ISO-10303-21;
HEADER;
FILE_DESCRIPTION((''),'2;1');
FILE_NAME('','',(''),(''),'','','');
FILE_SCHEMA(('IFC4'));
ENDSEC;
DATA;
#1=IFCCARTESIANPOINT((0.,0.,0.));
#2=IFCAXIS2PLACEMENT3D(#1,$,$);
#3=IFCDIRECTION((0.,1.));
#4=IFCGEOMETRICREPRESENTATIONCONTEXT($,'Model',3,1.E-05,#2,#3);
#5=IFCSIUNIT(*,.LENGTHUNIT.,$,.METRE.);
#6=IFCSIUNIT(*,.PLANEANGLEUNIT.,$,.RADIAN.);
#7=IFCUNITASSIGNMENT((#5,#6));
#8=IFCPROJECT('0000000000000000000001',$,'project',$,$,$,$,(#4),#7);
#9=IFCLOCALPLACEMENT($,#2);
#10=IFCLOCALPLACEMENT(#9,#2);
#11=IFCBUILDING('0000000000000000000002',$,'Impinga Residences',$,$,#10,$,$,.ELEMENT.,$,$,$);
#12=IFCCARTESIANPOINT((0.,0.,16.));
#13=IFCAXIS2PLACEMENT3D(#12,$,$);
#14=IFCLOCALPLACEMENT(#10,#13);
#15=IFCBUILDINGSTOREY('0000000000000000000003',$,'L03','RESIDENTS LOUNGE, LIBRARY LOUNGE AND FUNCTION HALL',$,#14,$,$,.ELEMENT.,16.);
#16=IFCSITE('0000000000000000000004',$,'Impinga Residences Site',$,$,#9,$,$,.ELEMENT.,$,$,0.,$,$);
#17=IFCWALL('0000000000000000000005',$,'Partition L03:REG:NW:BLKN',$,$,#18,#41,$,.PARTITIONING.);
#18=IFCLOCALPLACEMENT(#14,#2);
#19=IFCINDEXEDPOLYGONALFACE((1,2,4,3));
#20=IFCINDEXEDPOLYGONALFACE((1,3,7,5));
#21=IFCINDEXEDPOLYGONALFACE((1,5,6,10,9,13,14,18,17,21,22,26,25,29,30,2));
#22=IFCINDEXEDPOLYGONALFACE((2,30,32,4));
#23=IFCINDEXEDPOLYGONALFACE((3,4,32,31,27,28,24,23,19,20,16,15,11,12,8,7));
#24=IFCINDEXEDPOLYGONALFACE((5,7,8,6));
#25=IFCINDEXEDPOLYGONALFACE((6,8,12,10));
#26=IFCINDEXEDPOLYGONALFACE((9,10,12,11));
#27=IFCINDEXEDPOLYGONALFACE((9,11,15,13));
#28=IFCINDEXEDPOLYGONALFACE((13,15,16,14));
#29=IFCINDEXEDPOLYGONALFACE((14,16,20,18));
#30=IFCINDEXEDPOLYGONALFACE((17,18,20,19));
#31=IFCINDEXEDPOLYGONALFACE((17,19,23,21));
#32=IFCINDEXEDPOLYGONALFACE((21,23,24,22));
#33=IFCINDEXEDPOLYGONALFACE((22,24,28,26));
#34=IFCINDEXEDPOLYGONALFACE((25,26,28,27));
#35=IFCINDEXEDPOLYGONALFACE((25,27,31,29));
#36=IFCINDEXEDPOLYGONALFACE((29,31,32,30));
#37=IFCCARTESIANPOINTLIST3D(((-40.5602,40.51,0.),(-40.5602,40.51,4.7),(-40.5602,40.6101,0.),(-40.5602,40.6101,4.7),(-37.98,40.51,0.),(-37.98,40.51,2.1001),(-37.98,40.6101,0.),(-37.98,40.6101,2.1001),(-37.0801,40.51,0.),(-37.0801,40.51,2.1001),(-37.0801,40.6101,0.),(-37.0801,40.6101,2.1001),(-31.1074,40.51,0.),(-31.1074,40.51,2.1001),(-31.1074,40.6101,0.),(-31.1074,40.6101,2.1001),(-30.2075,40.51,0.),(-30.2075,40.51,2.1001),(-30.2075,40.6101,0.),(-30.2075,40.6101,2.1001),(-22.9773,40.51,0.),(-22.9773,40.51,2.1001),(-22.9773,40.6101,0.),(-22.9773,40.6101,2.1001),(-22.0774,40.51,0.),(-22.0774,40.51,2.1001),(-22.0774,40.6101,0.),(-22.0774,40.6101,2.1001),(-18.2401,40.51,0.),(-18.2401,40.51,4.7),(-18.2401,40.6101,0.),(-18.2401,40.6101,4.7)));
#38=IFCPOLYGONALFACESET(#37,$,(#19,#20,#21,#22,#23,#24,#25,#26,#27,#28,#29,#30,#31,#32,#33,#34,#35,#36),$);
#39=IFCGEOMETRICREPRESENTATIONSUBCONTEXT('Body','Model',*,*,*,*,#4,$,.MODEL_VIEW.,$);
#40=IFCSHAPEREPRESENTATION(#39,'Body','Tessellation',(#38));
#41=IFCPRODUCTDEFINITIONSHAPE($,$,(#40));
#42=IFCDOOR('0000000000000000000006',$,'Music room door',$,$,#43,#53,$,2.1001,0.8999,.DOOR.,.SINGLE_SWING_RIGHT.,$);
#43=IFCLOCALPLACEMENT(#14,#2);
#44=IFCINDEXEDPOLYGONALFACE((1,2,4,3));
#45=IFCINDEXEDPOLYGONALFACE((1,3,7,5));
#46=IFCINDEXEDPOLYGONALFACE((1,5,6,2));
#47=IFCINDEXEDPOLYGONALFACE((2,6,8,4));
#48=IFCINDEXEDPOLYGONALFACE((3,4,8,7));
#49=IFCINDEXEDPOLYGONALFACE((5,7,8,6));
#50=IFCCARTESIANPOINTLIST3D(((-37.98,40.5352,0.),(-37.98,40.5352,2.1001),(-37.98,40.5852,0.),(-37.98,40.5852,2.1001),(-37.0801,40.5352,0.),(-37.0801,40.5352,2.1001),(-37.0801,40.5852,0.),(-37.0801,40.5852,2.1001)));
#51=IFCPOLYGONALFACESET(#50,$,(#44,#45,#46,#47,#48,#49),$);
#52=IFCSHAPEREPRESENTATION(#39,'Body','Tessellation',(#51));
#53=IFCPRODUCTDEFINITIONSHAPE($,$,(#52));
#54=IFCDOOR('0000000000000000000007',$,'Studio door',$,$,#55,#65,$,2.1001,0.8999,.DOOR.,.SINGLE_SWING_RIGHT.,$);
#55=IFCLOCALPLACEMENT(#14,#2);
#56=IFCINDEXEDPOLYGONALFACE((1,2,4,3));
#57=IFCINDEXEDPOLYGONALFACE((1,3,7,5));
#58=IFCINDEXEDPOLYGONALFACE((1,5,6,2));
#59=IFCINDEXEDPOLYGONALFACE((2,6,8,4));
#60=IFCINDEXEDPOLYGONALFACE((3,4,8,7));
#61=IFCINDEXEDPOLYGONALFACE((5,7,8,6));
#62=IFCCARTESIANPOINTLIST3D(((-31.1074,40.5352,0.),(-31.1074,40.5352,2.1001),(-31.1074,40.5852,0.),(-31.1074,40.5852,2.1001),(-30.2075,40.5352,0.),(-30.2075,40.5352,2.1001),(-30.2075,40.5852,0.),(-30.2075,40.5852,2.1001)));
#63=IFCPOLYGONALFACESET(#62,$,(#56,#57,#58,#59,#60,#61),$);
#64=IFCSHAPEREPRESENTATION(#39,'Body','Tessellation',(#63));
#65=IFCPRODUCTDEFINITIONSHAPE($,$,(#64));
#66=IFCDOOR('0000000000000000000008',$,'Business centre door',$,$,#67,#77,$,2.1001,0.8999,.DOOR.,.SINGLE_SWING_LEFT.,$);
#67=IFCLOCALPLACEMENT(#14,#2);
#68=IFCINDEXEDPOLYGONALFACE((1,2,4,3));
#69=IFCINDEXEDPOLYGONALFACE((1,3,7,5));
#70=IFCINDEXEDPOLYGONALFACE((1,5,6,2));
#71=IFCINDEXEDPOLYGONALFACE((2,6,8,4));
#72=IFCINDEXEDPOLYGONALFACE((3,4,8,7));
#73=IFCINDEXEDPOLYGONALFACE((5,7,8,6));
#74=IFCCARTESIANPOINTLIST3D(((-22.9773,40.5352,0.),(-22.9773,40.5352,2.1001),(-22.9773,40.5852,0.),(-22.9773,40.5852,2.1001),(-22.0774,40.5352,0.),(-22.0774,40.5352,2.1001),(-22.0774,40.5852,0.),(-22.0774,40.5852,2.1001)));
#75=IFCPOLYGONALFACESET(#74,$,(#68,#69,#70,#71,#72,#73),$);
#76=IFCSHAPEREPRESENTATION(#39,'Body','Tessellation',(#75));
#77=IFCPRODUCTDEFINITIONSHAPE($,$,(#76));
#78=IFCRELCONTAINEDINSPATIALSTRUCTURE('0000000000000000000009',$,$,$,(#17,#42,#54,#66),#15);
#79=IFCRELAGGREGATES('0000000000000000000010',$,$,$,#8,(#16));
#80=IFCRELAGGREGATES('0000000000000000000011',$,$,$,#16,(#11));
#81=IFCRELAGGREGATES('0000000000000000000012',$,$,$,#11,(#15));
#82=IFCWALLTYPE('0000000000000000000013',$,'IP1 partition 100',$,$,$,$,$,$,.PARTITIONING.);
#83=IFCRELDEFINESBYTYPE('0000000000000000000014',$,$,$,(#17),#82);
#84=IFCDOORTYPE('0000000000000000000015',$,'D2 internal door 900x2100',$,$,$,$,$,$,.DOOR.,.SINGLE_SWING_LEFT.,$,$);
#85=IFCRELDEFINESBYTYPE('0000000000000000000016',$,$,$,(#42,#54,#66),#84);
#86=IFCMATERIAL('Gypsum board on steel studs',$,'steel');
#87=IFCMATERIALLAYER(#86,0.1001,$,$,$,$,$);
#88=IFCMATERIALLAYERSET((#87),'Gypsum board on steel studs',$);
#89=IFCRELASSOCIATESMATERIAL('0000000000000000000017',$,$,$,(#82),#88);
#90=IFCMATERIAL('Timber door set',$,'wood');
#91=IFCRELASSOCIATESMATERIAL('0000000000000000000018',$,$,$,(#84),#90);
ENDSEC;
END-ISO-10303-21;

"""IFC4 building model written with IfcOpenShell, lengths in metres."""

from ifc_helpers import new_model, si_unit, direction, frame, frame_2d, origin, place, context, subcontext, project, spatial, rectangle, extrude, material, layer, layer_set, type_object, element, fill, save


model = new_model("IFC4")

# Units and contexts
model_context = context("Model", 3, precision=1e-05, world=origin(), true_north=direction((0.0, 1.0)))
body_context = subcontext(model_context, "Body", "Model", "MODEL_VIEW")
ifc_project = project(units=[si_unit("LENGTHUNIT", "METRE"), si_unit("PLANEANGLEUNIT", "RADIAN")], contexts=[model_context])

# Site, building, storey
site_placement = place(None, origin())
site = spatial("IfcSite", under=ifc_project, at=site_placement, Name="Impinga Residences Site", CompositionType="ELEMENT", RefElevation=0.0)
building_placement = place(site_placement, origin())
building = spatial("IfcBuilding", under=site, at=building_placement, Name="Impinga Residences", CompositionType="ELEMENT")
storey_placement = place(building_placement, frame((0.0, 0.0, 16.0)))
storey = spatial("IfcBuildingStorey", under=building, at=storey_placement, Name="L03", Description="RESIDENTS LOUNGE, LIBRARY LOUNGE AND FUNCTION HALL", CompositionType="ELEMENT", Elevation=16.0)

# Shared definitions
ifc_material_1 = material(Name="Timber door set", Category="wood")

# Wall, openings, doors
ifc_material_2 = material(Name="Gypsum board on steel studs", Category="steel")
ifc_layer_1 = layer(ifc_material_2, 0.1001)
ifc_layer_set_1 = layer_set([ifc_layer_1], Name="Gypsum board on steel studs")
wall_type_1 = type_object("IfcWallType", Name="IP1 partition 100", PredefinedType="PARTITIONING", material=ifc_layer_set_1)
wall_1_placement = place(storey_placement, frame((-18.24, 40.5601, 0.0), z_axis=(0.0, 0.0, 1.0), x_axis=(-1.0, 0.0, 0.0)))
wall_1 = element("IfcWall", 1, at=wall_1_placement, inside=storey, type_object=wall_type_1, Name="Partition L03:REG:NW:BLKN", PredefinedType="PARTITIONING", context=body_context, shape_type="SweptSolid", body=[
    extrude(rectangle(XDim=22.3201, YDim=0.1001, at=frame_2d((11.1602, 0.0))), origin(), (0.0, 0.0, 1.0), 4.7),
])
opening_1_placement = place(wall_1_placement, frame((18.8401, 0.0, 0.0)))
opening_1 = element("IfcOpeningElement", 2, at=opening_1_placement, cuts=wall_1, PredefinedType="OPENING", context=body_context, shape_type="SweptSolid", body=[
    extrude(rectangle(XDim=0.8999, YDim=2.1001, at=frame_2d((0.45, 1.05))), frame((0.0, 0.0601, 0.0), z_axis=(0.0, -1.0, 0.0), x_axis=(1.0, 0.0, 0.0)), (0.0, 0.0, 1.0), 0.1201),
])
opening_2_placement = place(wall_1_placement, frame((11.9675, 0.0, 0.0)))
opening_2 = element("IfcOpeningElement", 3, at=opening_2_placement, cuts=wall_1, PredefinedType="OPENING", context=body_context, shape_type="SweptSolid", body=[
    extrude(rectangle(XDim=0.8999, YDim=2.1001, at=frame_2d((0.45, 1.05))), frame((0.0, 0.0601, 0.0), z_axis=(0.0, -1.0, 0.0), x_axis=(1.0, 0.0, 0.0)), (0.0, 0.0, 1.0), 0.1201),
])
opening_3_placement = place(wall_1_placement, frame((3.8374, 0.0, 0.0)))
opening_3 = element("IfcOpeningElement", 4, at=opening_3_placement, cuts=wall_1, PredefinedType="OPENING", context=body_context, shape_type="SweptSolid", body=[
    extrude(rectangle(XDim=0.8999, YDim=2.1001, at=frame_2d((0.45, 1.05))), frame((0.0, 0.0601, 0.0), z_axis=(0.0, -1.0, 0.0), x_axis=(1.0, 0.0, 0.0)), (0.0, 0.0, 1.0), 0.1201),
])
door_type_1 = type_object("IfcDoorType", Name="D2 internal door 900x2100", OperationType="SINGLE_SWING_LEFT", PredefinedType="DOOR", material=ifc_material_1)
door_1_placement = place(opening_1_placement, origin())
door_1 = element("IfcDoor", 5, at=door_1_placement, inside=storey, type_object=door_type_1, Name="Music room door", OperationType="SINGLE_SWING_RIGHT", OverallHeight=2.1001, OverallWidth=0.8999, PredefinedType="DOOR", context=body_context, shape_type="SweptSolid", body=[
    extrude(rectangle(XDim=0.8999, YDim=2.1001, at=frame_2d((0.45, 1.05))), frame((0.0, 0.0249, 0.0), z_axis=(0.0, -1.0, 0.0), x_axis=(1.0, 0.0, 0.0)), (0.0, 0.0, 1.0), 0.05),
])
fill(opening_1, door_1)
door_2_placement = place(opening_2_placement, origin())
door_2 = element("IfcDoor", 6, at=door_2_placement, inside=storey, type_object=door_type_1, Name="Studio door", OperationType="SINGLE_SWING_RIGHT", OverallHeight=2.1001, OverallWidth=0.8999, PredefinedType="DOOR", context=body_context, shape_type="SweptSolid", body=[
    extrude(rectangle(XDim=0.8999, YDim=2.1001, at=frame_2d((0.45, 1.05))), frame((0.0, 0.0249, 0.0), z_axis=(0.0, -1.0, 0.0), x_axis=(1.0, 0.0, 0.0)), (0.0, 0.0, 1.0), 0.05),
])
fill(opening_2, door_2)
door_3_placement = place(opening_3_placement, origin())
door_3 = element("IfcDoor", 7, at=door_3_placement, inside=storey, type_object=door_type_1, Name="Business centre door", OperationType="SINGLE_SWING_LEFT", OverallHeight=2.1001, OverallWidth=0.8999, PredefinedType="DOOR", context=body_context, shape_type="SweptSolid", body=[
    extrude(rectangle(XDim=0.8999, YDim=2.1001, at=frame_2d((0.45, 1.05))), frame((0.0, 0.0249, 0.0), z_axis=(0.0, -1.0, 0.0), x_axis=(1.0, 0.0, 0.0)), (0.0, 0.0, 1.0), 0.05),
])
fill(opening_3, door_3)

save(model, "model.ifc")
